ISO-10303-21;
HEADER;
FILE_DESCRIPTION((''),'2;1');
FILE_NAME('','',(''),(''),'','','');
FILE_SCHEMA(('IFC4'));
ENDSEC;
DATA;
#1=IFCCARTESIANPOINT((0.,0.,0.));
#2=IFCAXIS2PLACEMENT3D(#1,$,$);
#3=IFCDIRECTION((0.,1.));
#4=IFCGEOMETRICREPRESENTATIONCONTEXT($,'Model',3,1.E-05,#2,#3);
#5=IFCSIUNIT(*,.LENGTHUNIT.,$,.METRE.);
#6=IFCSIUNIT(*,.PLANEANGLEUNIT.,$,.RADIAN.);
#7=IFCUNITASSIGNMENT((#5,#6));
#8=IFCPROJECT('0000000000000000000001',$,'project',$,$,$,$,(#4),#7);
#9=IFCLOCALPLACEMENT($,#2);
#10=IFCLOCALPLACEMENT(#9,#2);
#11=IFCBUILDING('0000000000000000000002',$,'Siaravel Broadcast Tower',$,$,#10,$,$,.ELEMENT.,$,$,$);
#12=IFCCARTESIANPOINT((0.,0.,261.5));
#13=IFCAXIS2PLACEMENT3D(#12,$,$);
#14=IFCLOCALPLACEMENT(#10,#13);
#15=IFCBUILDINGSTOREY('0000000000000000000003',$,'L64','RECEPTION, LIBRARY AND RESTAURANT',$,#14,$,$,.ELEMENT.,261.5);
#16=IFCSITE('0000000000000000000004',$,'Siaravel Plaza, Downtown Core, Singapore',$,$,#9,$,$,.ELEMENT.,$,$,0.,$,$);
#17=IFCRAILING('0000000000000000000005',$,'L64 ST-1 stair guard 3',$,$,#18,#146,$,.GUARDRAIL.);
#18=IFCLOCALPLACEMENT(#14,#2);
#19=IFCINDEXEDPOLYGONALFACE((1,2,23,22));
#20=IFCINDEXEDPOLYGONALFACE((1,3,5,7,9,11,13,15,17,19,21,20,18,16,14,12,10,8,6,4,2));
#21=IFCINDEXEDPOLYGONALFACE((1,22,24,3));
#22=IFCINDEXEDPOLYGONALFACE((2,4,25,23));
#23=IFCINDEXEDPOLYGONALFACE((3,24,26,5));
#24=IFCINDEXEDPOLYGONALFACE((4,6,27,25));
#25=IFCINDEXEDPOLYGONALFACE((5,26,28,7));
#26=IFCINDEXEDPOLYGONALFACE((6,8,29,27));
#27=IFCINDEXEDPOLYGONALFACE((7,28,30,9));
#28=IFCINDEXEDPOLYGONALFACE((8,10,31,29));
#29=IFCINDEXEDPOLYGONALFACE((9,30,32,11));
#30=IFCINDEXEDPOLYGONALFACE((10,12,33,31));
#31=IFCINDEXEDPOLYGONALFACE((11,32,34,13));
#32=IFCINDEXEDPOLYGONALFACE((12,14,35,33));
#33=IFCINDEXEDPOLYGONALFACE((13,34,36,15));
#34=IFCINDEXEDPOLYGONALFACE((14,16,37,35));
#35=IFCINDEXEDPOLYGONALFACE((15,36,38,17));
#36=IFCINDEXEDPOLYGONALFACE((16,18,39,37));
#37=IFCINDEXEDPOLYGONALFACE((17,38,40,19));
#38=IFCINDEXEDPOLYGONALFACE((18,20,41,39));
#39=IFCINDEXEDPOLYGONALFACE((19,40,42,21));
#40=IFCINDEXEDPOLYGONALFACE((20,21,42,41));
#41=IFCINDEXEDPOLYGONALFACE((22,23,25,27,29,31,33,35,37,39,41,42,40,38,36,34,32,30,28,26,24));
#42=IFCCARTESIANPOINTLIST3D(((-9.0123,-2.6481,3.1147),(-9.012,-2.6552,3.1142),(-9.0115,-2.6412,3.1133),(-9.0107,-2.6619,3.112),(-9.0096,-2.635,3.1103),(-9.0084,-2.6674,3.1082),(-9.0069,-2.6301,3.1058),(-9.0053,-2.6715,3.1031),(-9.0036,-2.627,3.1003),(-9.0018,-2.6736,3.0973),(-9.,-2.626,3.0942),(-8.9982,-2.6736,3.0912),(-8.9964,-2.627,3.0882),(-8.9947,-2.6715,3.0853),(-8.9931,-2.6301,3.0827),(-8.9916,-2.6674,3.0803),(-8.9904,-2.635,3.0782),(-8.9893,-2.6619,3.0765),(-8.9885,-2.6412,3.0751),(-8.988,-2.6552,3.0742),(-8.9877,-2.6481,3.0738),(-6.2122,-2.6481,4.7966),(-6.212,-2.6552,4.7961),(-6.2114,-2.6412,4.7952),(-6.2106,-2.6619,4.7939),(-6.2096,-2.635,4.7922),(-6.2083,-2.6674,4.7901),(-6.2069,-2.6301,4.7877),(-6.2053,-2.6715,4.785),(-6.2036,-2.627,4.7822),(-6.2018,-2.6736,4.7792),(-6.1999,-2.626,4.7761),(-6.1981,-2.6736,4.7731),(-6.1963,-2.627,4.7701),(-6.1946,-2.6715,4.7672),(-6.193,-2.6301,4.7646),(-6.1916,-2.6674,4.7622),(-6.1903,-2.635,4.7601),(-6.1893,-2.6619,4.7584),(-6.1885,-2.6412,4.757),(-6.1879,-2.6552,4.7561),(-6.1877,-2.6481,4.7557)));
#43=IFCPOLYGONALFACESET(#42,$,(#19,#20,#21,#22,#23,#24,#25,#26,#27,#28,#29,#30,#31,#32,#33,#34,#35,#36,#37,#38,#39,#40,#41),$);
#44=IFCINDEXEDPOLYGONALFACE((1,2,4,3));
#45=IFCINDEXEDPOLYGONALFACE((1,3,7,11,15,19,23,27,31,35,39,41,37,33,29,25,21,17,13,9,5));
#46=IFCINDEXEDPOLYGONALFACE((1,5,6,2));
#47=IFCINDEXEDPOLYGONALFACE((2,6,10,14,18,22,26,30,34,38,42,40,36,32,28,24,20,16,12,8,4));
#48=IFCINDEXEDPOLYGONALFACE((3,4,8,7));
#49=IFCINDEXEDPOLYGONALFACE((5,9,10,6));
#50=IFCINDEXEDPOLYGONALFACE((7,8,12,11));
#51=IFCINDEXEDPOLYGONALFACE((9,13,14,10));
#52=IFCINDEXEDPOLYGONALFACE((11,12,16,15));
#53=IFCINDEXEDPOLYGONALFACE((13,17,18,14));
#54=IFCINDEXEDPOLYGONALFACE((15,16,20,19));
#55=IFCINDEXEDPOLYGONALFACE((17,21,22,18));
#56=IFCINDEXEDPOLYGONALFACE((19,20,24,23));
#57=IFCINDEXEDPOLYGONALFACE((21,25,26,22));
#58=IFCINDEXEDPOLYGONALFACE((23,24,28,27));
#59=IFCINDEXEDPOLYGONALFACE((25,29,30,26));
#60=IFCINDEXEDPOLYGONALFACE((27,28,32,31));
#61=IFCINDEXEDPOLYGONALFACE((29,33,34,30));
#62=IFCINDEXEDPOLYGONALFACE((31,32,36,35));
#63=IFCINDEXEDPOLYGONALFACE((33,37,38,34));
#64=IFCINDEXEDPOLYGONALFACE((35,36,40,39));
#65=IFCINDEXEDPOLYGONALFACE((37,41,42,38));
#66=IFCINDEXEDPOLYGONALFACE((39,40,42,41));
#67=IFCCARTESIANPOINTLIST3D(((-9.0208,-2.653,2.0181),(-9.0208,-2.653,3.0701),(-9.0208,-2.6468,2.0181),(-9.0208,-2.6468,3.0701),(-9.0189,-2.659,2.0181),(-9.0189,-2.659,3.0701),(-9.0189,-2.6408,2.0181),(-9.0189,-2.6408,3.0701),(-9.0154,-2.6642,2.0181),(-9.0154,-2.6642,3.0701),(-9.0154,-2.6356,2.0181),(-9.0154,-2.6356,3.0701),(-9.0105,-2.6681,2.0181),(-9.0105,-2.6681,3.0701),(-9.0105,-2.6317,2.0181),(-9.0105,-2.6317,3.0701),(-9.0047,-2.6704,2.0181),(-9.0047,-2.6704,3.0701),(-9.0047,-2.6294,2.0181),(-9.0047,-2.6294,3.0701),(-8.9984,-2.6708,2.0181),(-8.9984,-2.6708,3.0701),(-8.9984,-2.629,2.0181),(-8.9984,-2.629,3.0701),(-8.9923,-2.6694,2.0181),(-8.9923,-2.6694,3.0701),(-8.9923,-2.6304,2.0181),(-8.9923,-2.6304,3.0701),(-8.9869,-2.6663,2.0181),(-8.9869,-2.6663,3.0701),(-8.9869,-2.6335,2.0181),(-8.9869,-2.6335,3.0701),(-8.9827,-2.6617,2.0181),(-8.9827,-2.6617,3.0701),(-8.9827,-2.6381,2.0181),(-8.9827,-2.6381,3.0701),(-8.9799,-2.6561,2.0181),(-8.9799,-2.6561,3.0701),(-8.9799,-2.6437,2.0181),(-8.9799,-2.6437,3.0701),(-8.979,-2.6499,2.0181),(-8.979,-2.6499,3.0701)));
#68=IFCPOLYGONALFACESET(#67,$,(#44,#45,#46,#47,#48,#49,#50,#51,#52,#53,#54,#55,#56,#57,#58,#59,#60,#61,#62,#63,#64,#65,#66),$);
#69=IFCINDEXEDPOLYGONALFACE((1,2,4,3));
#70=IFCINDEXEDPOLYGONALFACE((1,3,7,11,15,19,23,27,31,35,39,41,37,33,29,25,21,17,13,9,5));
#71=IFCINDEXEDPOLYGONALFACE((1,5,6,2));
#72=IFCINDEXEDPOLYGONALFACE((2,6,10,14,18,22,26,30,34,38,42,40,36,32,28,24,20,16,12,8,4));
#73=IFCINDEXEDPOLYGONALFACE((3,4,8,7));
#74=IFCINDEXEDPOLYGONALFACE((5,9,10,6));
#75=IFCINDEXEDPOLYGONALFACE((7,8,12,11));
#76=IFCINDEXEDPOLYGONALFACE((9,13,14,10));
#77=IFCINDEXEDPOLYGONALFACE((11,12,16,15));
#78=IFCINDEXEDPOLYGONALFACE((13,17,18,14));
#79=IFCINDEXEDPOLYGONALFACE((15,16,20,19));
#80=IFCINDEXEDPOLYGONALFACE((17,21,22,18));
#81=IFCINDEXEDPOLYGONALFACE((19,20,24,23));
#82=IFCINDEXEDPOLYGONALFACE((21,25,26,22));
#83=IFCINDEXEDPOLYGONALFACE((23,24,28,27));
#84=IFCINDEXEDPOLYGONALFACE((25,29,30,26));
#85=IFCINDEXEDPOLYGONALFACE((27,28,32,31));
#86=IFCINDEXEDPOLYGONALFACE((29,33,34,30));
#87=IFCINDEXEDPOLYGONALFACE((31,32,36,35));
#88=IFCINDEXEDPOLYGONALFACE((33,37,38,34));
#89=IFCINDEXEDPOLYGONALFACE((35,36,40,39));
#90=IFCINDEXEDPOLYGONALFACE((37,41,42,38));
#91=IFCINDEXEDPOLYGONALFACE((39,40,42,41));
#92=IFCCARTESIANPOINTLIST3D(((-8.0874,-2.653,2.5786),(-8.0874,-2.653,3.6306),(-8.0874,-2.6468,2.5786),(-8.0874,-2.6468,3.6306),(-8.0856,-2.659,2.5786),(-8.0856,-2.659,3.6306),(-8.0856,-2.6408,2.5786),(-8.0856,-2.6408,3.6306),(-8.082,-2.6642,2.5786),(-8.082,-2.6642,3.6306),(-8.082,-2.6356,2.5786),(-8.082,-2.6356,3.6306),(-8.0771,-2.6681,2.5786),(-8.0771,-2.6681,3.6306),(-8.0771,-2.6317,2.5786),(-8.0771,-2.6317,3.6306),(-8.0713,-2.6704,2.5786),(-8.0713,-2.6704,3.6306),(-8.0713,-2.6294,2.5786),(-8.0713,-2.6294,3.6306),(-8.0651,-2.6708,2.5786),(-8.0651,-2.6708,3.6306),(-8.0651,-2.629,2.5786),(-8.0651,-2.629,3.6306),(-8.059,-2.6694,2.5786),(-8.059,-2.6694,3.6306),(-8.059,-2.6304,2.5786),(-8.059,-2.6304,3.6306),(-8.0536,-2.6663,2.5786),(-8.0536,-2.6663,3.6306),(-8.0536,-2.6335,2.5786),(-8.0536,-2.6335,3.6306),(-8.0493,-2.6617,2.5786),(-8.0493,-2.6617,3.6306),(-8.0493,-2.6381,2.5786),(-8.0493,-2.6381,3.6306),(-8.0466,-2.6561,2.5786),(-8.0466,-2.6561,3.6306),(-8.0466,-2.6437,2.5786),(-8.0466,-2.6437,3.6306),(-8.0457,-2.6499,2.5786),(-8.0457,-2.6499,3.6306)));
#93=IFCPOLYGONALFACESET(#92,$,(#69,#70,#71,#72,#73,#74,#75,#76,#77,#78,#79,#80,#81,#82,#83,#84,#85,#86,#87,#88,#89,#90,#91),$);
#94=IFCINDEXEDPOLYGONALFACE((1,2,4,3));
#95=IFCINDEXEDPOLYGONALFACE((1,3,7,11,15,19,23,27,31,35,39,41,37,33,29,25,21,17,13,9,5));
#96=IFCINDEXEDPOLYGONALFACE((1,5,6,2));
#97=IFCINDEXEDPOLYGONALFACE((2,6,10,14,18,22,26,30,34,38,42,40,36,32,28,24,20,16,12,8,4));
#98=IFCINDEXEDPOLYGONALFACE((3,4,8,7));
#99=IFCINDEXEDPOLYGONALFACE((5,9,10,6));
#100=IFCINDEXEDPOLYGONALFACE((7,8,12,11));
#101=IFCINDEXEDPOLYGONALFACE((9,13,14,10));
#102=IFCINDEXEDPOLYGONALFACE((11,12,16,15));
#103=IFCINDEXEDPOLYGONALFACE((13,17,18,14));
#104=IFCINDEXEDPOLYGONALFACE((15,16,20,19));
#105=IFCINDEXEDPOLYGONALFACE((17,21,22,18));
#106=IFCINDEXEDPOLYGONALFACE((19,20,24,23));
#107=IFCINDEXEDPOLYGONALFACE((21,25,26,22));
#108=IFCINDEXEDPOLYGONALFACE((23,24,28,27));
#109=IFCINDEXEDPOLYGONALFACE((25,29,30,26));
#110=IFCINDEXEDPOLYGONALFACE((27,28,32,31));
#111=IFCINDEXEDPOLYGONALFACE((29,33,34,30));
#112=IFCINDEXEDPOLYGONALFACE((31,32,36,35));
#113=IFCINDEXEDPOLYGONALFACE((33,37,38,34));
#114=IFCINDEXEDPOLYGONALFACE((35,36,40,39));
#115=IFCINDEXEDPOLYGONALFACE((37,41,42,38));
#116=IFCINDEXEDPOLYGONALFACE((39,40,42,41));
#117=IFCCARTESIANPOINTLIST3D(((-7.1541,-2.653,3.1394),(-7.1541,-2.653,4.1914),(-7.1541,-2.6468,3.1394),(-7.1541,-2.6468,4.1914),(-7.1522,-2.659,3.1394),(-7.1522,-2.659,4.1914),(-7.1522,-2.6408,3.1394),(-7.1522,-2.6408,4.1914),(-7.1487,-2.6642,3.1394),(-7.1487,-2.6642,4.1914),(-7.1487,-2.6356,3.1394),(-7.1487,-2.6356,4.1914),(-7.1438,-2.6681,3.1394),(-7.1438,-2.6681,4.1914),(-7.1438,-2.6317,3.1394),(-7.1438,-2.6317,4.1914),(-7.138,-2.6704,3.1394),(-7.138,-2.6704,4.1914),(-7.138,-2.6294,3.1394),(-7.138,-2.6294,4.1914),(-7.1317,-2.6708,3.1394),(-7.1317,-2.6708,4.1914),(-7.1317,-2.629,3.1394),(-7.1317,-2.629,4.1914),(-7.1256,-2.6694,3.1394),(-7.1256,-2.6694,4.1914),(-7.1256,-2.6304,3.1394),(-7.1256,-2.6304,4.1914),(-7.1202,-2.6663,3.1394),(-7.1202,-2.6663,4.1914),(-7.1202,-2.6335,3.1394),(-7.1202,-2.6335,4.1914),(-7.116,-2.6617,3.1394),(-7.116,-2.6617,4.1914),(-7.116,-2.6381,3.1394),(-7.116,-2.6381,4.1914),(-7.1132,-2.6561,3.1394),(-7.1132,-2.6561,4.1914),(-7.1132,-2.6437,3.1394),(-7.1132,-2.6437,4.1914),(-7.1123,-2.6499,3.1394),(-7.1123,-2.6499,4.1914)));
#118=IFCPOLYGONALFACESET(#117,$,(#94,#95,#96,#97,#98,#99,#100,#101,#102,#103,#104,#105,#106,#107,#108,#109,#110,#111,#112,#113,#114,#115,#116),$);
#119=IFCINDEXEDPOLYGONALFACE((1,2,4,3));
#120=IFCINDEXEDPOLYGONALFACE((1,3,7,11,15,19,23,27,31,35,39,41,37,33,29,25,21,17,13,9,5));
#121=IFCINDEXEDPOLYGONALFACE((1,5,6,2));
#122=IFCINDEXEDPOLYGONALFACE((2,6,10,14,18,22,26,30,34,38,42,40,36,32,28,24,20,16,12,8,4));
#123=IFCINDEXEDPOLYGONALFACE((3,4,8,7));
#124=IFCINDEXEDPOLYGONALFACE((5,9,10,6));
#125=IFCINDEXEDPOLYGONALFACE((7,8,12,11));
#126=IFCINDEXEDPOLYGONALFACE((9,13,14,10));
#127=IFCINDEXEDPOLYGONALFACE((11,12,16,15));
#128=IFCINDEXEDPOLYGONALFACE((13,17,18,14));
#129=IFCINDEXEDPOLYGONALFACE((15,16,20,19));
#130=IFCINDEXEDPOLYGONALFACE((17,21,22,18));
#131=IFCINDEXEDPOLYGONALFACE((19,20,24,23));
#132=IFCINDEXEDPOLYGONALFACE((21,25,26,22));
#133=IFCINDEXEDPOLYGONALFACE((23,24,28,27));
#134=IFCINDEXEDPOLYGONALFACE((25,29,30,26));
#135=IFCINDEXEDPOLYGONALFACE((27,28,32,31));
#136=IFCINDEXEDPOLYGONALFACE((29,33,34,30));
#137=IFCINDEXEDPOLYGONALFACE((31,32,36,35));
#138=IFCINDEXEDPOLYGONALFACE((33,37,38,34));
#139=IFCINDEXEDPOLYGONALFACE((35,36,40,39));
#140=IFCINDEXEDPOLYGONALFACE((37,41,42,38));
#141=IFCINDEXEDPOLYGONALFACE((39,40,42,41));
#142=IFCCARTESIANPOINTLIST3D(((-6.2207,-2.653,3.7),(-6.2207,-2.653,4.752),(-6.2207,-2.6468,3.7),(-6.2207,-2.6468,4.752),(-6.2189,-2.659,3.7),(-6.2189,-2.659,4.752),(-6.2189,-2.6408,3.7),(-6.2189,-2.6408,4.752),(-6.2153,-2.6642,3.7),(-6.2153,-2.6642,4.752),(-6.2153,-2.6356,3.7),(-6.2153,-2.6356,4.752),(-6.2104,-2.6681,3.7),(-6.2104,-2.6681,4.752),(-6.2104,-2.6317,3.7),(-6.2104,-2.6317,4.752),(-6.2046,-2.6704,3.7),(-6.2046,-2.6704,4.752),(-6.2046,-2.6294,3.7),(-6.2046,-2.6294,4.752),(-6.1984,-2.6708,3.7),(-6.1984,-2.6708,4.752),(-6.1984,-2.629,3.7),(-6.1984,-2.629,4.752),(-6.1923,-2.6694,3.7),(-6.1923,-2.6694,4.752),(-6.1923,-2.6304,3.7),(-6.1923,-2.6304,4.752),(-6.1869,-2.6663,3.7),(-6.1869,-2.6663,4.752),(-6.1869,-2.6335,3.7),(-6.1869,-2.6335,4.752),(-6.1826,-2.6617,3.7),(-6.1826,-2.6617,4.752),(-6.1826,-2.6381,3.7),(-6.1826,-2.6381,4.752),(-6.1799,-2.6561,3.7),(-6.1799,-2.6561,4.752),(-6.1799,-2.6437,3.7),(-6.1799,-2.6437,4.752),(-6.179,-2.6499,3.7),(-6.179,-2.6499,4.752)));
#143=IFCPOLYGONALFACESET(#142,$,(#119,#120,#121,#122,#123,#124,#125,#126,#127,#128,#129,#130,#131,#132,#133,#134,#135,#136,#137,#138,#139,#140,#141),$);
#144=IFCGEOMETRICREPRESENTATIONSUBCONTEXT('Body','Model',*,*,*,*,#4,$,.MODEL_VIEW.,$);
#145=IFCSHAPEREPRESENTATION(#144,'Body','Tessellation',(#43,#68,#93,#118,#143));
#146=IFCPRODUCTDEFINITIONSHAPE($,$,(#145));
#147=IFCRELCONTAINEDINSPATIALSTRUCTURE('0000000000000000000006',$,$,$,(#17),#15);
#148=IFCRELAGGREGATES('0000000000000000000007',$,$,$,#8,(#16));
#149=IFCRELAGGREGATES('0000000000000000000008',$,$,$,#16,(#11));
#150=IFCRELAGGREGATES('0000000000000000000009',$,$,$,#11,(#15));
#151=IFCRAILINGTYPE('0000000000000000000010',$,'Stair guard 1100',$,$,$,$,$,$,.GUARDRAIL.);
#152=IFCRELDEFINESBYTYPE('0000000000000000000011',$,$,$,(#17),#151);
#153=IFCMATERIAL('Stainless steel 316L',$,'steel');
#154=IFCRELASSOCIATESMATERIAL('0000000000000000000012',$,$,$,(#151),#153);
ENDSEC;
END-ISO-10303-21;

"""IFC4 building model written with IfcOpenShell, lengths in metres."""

from ifc_helpers import new_model, si_unit, direction, frame, origin, origin_2d, place, context, subcontext, project, spatial, circle, extrude, material, type_object, element, save


model = new_model("IFC4")

# Units and contexts
model_context = context("Model", 3, precision=1e-05, world=origin(), true_north=direction((0.0, 1.0)))
body_context = subcontext(model_context, "Body", "Model", "MODEL_VIEW")
ifc_project = project(units=[si_unit("LENGTHUNIT", "METRE"), si_unit("PLANEANGLEUNIT", "RADIAN")], contexts=[model_context])

# Site, building, storey
site_placement = place(None, origin())
site = spatial("IfcSite", under=ifc_project, at=site_placement, Name="Siaravel Plaza, Downtown Core, Singapore", CompositionType="ELEMENT", RefElevation=0.0)
building_placement = place(site_placement, origin())
building = spatial("IfcBuilding", under=site, at=building_placement, Name="Siaravel Broadcast Tower", CompositionType="ELEMENT")
storey_placement = place(building_placement, frame((0.0, 0.0, 261.5)))
storey = spatial("IfcBuildingStorey", under=building, at=storey_placement, Name="L64", Description="RECEPTION, LIBRARY AND RESTAURANT", CompositionType="ELEMENT", Elevation=261.5)

# Shared definitions
ifc_material_1 = material(Name="Stainless steel 316L", Category="steel")

# Railing
railing_type_1 = type_object("IfcRailingType", Name="Stair guard 1100", PredefinedType="GUARDRAIL", material=ifc_material_1)
railing_1_placement = place(storey_placement, frame((-9.0, -2.6499, 2.0181)))
element("IfcRailing", 1, at=railing_1_placement, inside=storey, type_object=railing_type_1, Name="L64 ST-1 stair guard 3", PredefinedType="GUARDRAIL", context=body_context, shape_type="SweptSolid", body=[
    extrude(circle(Radius=0.0239, at=origin_2d()), frame((0.0, 0.0, 1.0762), z_axis=(0.857242, 0.0, 0.514913), x_axis=(0.0, 1.0, 0.0)), (0.0, 0.0, 1.0), 3.2664),
    extrude(circle(Radius=0.021, at=origin_2d()), origin(), (0.0, 0.0, 1.0), 1.052),
    extrude(circle(Radius=0.021, at=origin_2d()), frame((0.9333, 0.0, 0.5605)), (0.0, 0.0, 1.0), 1.052),
    extrude(circle(Radius=0.021, at=origin_2d()), frame((1.8667, 0.0, 1.1213)), (0.0, 0.0, 1.0), 1.052),
    extrude(circle(Radius=0.021, at=origin_2d()), frame((2.8, 0.0, 1.6819)), (0.0, 0.0, 1.0), 1.052),
])

save(model, "model.ifc")
